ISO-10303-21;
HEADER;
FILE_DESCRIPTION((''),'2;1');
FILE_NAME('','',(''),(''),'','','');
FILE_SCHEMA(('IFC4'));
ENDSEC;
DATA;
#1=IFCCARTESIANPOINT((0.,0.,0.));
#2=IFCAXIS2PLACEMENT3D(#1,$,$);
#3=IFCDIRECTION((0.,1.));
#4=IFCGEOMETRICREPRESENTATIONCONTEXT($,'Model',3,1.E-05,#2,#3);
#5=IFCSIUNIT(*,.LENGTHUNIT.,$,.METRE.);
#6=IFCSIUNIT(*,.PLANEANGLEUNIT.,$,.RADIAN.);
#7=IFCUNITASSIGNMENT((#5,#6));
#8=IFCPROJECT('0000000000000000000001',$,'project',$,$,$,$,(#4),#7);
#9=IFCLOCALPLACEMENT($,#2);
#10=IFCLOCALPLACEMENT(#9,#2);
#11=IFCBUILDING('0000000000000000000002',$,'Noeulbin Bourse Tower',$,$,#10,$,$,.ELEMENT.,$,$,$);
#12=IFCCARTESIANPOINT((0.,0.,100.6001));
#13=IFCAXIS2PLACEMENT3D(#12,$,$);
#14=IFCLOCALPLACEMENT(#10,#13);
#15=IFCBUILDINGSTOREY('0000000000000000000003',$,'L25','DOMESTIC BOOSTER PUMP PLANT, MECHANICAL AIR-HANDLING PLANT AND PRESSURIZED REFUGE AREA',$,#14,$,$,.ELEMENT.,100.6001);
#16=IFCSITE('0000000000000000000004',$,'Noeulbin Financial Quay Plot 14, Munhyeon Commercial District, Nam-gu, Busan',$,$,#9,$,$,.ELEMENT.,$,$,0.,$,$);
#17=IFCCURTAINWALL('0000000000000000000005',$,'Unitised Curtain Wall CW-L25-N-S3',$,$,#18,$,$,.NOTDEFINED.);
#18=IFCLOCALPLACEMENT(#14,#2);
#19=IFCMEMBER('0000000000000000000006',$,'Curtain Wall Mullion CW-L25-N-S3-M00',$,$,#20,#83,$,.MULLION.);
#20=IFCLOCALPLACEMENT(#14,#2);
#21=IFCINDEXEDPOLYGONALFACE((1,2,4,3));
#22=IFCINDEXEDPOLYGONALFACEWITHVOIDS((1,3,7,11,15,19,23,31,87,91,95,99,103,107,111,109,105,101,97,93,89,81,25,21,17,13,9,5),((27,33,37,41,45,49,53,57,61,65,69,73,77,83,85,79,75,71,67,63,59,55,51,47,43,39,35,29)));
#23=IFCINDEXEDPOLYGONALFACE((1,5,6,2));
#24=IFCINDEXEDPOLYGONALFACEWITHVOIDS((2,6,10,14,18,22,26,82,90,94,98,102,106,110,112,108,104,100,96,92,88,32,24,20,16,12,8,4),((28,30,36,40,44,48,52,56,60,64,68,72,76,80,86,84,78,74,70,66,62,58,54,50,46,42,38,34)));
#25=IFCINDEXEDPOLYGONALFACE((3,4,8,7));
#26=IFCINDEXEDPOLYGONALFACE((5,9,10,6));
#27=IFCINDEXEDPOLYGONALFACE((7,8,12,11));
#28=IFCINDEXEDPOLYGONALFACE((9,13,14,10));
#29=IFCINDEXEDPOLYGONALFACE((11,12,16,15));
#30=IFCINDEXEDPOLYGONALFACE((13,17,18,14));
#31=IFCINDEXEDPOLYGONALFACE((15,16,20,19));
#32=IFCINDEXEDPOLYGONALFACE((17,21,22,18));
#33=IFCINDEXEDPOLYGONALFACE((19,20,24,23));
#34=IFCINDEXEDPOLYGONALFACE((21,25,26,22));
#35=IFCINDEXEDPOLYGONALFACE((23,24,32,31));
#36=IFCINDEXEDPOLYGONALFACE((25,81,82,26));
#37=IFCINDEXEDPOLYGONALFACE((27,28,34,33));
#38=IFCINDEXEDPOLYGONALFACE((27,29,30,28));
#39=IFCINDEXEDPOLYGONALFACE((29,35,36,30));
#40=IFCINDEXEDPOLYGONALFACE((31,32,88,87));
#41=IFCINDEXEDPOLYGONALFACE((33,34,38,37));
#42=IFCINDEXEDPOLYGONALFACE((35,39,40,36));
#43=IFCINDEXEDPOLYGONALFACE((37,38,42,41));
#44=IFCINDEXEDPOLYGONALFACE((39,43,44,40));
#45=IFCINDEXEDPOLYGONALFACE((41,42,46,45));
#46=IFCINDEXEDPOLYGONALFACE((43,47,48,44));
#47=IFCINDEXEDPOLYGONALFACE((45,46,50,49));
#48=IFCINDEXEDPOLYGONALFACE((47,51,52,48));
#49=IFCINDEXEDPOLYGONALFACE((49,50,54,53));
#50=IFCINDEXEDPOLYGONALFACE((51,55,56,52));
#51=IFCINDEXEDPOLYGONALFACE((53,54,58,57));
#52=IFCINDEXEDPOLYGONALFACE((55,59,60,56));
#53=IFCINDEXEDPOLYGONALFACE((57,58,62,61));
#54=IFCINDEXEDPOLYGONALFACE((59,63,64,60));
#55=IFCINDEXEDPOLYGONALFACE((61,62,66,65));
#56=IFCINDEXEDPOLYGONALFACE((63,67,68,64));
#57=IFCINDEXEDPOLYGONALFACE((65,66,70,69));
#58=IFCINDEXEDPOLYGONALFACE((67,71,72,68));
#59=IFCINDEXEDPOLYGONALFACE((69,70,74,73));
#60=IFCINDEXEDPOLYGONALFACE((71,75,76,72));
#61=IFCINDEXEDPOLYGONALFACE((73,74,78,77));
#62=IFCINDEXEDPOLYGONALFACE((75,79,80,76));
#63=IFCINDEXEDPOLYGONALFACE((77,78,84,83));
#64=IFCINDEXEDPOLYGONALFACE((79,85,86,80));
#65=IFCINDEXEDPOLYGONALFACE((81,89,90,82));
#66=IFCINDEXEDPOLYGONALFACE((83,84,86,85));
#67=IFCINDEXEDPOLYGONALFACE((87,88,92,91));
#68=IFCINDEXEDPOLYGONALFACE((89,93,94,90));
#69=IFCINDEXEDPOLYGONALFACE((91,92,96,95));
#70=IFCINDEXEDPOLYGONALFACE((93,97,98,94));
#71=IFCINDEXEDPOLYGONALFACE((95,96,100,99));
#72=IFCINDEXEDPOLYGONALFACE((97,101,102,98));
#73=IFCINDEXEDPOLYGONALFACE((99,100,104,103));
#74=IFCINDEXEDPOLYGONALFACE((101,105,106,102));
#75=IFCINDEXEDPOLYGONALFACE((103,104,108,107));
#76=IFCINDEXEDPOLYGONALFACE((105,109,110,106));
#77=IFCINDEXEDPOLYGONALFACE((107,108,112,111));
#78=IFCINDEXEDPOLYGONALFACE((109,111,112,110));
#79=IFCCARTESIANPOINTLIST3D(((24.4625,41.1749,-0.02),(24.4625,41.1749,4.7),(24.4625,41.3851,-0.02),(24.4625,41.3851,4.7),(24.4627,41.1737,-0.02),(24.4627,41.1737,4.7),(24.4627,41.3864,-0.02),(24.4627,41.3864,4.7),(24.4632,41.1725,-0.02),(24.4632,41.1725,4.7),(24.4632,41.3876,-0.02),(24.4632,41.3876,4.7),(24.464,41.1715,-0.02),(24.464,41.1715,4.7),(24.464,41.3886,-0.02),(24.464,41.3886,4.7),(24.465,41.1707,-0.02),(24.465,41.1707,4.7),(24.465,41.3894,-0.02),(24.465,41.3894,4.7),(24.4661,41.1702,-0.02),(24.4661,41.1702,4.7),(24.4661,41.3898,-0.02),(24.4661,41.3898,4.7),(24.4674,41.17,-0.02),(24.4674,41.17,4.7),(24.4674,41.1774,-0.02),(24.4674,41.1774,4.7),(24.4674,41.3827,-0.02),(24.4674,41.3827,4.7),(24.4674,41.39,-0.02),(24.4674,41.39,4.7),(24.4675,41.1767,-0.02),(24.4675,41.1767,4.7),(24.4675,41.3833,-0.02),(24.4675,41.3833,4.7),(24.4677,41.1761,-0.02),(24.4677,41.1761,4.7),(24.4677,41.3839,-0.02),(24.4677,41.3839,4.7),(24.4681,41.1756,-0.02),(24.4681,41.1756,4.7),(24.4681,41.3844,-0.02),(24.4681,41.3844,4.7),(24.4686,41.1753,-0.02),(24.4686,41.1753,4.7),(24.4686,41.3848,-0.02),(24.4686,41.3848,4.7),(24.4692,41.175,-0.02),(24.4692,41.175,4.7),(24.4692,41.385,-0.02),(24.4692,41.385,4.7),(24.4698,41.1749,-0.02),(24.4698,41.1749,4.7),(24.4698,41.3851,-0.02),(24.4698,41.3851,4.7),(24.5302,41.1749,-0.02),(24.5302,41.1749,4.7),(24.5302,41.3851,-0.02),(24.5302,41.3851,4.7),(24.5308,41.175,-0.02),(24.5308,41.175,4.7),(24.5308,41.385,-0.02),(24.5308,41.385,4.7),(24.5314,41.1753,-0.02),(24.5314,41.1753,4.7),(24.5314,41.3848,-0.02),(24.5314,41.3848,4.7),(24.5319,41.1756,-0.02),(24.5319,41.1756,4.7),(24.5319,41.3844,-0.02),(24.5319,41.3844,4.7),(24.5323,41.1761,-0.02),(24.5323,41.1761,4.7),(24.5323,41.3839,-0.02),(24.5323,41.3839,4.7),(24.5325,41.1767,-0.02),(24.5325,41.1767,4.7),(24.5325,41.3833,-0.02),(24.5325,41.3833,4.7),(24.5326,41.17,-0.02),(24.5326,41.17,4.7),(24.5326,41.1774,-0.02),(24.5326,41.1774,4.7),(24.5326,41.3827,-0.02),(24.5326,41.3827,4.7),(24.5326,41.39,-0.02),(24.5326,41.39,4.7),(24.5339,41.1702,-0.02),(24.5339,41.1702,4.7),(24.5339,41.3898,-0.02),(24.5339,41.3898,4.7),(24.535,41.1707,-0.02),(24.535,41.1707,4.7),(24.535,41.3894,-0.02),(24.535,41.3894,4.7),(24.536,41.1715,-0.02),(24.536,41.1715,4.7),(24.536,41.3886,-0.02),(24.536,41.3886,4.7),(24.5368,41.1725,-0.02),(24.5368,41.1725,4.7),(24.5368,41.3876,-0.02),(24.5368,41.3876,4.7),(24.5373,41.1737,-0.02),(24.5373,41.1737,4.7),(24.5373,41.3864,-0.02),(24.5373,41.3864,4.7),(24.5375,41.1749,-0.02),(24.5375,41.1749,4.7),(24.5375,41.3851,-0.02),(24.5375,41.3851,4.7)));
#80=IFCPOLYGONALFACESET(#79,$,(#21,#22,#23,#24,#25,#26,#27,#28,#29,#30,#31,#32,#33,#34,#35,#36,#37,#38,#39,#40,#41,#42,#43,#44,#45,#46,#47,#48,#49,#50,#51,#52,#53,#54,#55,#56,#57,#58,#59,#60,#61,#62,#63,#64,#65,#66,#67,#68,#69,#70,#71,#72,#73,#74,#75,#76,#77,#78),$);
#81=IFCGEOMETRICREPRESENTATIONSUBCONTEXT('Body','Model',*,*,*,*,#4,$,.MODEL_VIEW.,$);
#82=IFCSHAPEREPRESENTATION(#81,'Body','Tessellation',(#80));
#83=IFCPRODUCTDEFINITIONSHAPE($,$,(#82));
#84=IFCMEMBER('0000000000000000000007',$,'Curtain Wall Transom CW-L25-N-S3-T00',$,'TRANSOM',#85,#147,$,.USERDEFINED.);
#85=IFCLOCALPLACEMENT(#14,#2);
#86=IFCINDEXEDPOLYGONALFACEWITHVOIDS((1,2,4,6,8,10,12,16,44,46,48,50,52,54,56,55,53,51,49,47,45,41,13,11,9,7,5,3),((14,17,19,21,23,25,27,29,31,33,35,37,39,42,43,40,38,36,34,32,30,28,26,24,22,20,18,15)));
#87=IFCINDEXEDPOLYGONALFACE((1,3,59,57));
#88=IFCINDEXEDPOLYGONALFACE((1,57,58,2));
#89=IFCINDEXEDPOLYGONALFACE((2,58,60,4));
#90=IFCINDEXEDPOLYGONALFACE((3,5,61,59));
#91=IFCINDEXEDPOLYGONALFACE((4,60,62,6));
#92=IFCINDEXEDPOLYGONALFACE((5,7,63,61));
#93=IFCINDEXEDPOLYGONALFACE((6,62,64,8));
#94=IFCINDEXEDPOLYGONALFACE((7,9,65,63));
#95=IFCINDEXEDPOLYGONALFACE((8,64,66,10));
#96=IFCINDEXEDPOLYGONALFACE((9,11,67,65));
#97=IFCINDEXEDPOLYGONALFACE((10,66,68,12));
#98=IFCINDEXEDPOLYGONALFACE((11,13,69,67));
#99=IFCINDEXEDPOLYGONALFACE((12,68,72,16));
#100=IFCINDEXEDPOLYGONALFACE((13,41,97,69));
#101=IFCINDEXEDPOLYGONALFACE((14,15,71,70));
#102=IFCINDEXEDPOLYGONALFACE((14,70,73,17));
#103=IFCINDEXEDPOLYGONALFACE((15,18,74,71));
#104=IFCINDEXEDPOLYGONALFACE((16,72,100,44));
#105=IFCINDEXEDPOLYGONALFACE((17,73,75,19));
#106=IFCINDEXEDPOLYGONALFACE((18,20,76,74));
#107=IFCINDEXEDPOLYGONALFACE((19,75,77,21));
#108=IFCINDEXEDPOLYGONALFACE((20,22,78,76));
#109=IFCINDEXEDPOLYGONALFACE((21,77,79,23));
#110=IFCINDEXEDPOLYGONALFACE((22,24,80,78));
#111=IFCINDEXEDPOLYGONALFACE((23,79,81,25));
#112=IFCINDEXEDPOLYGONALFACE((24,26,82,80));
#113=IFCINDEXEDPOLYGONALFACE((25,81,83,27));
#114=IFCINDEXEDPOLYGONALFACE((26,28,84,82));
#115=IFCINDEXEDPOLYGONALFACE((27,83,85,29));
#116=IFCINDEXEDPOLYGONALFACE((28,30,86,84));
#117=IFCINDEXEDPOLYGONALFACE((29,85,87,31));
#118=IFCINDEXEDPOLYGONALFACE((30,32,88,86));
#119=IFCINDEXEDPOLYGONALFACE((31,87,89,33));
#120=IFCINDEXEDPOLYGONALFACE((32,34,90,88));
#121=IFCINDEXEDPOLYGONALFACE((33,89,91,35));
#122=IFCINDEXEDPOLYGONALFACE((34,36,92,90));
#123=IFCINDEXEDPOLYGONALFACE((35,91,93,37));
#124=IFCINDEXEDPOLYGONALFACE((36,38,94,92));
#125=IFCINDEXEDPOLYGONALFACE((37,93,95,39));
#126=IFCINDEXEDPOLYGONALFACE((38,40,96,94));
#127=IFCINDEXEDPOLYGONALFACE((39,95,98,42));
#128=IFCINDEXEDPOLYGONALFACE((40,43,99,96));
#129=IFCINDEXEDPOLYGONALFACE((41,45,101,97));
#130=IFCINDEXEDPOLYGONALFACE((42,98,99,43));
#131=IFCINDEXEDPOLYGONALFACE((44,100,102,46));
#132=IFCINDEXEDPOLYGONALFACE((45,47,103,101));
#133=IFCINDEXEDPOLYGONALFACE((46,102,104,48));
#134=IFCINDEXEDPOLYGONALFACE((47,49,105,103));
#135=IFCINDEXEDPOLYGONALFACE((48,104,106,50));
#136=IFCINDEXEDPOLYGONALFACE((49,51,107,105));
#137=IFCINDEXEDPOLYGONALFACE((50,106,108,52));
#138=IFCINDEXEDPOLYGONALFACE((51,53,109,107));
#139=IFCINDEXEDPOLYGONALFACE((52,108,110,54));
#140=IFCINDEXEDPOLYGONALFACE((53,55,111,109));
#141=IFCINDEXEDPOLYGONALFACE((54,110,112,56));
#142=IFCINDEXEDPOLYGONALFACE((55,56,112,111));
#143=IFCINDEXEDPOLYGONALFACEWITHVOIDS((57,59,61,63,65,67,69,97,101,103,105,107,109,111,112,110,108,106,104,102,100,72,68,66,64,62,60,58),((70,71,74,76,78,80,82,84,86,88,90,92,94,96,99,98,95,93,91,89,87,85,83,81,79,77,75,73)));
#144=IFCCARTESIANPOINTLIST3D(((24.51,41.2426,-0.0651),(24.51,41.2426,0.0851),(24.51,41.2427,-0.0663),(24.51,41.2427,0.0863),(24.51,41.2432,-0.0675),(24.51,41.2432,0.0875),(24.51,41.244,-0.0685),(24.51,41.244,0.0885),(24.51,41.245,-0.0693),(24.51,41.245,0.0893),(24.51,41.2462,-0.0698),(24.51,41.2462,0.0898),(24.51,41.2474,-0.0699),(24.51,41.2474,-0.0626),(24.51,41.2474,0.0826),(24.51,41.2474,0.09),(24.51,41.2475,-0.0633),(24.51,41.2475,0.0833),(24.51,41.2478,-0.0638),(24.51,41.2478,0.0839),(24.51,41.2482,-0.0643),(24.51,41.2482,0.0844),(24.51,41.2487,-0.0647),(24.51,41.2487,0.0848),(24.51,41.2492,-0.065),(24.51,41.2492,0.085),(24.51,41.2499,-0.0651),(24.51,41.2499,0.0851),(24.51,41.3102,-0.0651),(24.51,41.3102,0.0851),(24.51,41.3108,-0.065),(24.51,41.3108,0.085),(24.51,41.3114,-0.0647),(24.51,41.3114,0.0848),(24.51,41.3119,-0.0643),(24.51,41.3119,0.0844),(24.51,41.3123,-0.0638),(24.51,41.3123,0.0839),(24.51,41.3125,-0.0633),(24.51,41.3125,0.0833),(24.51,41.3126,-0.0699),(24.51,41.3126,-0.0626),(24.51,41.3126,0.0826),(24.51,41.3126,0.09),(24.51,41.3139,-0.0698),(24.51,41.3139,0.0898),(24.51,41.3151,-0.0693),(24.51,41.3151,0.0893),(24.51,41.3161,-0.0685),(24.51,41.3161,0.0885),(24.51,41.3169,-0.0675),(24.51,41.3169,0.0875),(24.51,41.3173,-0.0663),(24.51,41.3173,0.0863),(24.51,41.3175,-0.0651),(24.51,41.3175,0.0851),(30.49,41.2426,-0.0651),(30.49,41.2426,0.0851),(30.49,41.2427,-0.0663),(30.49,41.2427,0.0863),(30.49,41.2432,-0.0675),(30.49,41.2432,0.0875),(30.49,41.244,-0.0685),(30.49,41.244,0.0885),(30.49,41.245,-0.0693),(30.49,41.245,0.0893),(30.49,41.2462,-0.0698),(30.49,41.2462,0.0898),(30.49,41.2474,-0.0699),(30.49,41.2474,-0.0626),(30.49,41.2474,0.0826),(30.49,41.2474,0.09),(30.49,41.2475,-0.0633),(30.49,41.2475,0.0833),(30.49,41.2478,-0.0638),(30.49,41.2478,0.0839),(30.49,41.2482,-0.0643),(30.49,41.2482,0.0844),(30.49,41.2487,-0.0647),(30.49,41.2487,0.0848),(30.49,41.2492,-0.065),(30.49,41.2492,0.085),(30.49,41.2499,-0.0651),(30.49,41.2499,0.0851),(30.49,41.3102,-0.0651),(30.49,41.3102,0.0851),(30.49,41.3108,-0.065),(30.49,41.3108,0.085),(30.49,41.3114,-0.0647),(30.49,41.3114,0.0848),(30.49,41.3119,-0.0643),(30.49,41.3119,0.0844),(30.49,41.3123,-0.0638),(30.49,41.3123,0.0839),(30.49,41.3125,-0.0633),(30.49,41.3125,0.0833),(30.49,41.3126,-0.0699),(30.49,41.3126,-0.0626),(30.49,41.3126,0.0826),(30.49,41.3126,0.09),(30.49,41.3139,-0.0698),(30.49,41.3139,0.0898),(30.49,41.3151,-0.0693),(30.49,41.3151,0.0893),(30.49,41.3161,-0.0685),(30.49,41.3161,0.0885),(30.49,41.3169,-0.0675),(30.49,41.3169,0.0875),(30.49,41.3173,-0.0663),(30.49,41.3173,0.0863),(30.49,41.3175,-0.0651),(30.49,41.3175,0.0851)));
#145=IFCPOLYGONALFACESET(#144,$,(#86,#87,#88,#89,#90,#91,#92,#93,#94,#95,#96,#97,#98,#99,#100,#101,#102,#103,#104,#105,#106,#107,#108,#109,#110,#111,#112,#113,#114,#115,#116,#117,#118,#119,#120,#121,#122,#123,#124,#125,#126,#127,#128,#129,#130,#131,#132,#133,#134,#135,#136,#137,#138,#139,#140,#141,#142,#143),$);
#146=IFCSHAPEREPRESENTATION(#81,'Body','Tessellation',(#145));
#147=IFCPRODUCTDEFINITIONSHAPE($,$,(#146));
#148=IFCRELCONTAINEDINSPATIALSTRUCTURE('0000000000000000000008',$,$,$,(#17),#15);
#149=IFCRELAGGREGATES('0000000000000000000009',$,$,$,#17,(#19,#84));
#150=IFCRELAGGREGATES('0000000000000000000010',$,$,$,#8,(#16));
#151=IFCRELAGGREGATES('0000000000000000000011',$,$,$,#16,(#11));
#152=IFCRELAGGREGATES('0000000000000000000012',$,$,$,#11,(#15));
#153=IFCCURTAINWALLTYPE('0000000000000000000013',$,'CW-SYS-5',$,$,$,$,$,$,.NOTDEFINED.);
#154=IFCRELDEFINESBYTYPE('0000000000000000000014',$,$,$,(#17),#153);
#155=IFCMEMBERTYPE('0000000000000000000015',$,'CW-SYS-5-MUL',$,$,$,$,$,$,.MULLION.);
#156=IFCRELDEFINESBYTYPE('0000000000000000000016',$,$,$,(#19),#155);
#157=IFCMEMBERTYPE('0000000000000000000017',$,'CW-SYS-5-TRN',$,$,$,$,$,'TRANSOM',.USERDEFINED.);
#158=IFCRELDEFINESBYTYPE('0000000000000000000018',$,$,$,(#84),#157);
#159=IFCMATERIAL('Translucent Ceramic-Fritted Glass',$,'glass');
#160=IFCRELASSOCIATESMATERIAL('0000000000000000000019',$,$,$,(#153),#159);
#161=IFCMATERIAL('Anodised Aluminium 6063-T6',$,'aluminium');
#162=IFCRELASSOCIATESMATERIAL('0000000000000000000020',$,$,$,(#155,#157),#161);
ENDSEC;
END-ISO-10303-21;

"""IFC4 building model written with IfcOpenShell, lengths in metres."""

from ifc_helpers import new_model, si_unit, direction, frame, origin, origin_2d, place, context, subcontext, project, spatial, hollow_rectangle, extrude, material, material_profile, profile_set, type_object, element, aggregate, save


model = new_model("IFC4")

# Units and contexts
model_context = context("Model", 3, precision=1e-05, world=origin(), true_north=direction((0.0, 1.0)))
body_context = subcontext(model_context, "Body", "Model", "MODEL_VIEW")
ifc_project = project(units=[si_unit("LENGTHUNIT", "METRE"), si_unit("PLANEANGLEUNIT", "RADIAN")], contexts=[model_context])

# Site, building, storey
site_placement = place(None, origin())
site = spatial("IfcSite", under=ifc_project, at=site_placement, Name="Noeulbin Financial Quay Plot 14, Munhyeon Commercial District, Nam-gu, Busan", CompositionType="ELEMENT", RefElevation=0.0)
building_placement = place(site_placement, origin())
building = spatial("IfcBuilding", under=site, at=building_placement, Name="Noeulbin Bourse Tower", CompositionType="ELEMENT")
storey_placement = place(building_placement, frame((0.0, 0.0, 100.6001)))
storey = spatial("IfcBuildingStorey", under=building, at=storey_placement, Name="L25", Description="DOMESTIC BOOSTER PUMP PLANT, MECHANICAL AIR-HANDLING PLANT AND PRESSURIZED REFUGE AREA", CompositionType="ELEMENT", Elevation=100.6001)

# Shared definitions
ifc_material_1 = material(Name="Translucent Ceramic-Fritted Glass", Category="glass")
curtain_wall_type = type_object("IfcCurtainWallType", Name="CW-SYS-5", PredefinedType="NOTDEFINED", material=ifc_material_1)
ifc_material_2 = material(Name="Anodised Aluminium 6063-T6", Category="aluminium")
ifc_material_profile_1 = material_profile(ifc_material_2, hollow_rectangle(XDim=0.075, YDim=0.22, WallThickness=0.0049, InnerFilletRadius=0.0024, OuterFilletRadius=0.0049, at=origin_2d()), Name="ALU-MULL-75x220x5", Category="LoadBearing")
ifc_profile_set_1 = profile_set([ifc_material_profile_1], Name="Anodised Aluminium 6063-T6")
member_type_1 = type_object("IfcMemberType", Name="CW-SYS-5-MUL", PredefinedType="MULLION", material=ifc_profile_set_1)

# Curtain wall, members
curtain_wall_1_placement = place(storey_placement, origin())
curtain_wall_1 = element("IfcCurtainWall", 1, at=curtain_wall_1_placement, inside=storey, type_object=curtain_wall_type, Name="Unitised Curtain Wall CW-L25-N-S3", PredefinedType="NOTDEFINED")
member_1_placement = place(storey_placement, frame((24.5, 41.28, -0.02), z_axis=(0.0, 0.0, 1.0), x_axis=(1.0, 0.0, 0.0)))
member_1 = element("IfcMember", 2, at=member_1_placement, type_object=member_type_1, Name="Curtain Wall Mullion CW-L25-N-S3-M00", PredefinedType="MULLION", context=body_context, shape_type="SweptSolid", body=[
    extrude(hollow_rectangle(XDim=0.075, YDim=0.22, WallThickness=0.0049, InnerFilletRadius=0.0024, OuterFilletRadius=0.0049, at=origin_2d()), origin(), (0.0, 0.0, 1.0), 4.72),
])
ifc_material_profile_2 = material_profile(ifc_material_2, hollow_rectangle(XDim=0.075, YDim=0.1599, WallThickness=0.0049, InnerFilletRadius=0.0024, OuterFilletRadius=0.0049, at=origin_2d()), Name="ALU-TRAN-75x160x5", Category="LoadBearing")
ifc_profile_set_2 = profile_set([ifc_material_profile_2], Name="Anodised Aluminium 6063-T6")
member_type_2 = type_object("IfcMemberType", Name="CW-SYS-5-TRN", ElementType="TRANSOM", PredefinedType="USERDEFINED", material=ifc_profile_set_2)
member_2_placement = place(storey_placement, frame((24.51, 41.28, 0.01), z_axis=(1.0, 0.0, 0.0), x_axis=(0.0, 1.0, 0.0)))
member_2 = element("IfcMember", 3, at=member_2_placement, type_object=member_type_2, Name="Curtain Wall Transom CW-L25-N-S3-T00", ObjectType="TRANSOM", PredefinedType="USERDEFINED", context=body_context, shape_type="SweptSolid", body=[
    extrude(hollow_rectangle(XDim=0.075, YDim=0.1599, WallThickness=0.0049, InnerFilletRadius=0.0024, OuterFilletRadius=0.0049, at=origin_2d()), origin(), (0.0, 0.0, 1.0), 5.98),
])

aggregate(curtain_wall_1, [member_1, member_2])

save(model, "model.ifc")
